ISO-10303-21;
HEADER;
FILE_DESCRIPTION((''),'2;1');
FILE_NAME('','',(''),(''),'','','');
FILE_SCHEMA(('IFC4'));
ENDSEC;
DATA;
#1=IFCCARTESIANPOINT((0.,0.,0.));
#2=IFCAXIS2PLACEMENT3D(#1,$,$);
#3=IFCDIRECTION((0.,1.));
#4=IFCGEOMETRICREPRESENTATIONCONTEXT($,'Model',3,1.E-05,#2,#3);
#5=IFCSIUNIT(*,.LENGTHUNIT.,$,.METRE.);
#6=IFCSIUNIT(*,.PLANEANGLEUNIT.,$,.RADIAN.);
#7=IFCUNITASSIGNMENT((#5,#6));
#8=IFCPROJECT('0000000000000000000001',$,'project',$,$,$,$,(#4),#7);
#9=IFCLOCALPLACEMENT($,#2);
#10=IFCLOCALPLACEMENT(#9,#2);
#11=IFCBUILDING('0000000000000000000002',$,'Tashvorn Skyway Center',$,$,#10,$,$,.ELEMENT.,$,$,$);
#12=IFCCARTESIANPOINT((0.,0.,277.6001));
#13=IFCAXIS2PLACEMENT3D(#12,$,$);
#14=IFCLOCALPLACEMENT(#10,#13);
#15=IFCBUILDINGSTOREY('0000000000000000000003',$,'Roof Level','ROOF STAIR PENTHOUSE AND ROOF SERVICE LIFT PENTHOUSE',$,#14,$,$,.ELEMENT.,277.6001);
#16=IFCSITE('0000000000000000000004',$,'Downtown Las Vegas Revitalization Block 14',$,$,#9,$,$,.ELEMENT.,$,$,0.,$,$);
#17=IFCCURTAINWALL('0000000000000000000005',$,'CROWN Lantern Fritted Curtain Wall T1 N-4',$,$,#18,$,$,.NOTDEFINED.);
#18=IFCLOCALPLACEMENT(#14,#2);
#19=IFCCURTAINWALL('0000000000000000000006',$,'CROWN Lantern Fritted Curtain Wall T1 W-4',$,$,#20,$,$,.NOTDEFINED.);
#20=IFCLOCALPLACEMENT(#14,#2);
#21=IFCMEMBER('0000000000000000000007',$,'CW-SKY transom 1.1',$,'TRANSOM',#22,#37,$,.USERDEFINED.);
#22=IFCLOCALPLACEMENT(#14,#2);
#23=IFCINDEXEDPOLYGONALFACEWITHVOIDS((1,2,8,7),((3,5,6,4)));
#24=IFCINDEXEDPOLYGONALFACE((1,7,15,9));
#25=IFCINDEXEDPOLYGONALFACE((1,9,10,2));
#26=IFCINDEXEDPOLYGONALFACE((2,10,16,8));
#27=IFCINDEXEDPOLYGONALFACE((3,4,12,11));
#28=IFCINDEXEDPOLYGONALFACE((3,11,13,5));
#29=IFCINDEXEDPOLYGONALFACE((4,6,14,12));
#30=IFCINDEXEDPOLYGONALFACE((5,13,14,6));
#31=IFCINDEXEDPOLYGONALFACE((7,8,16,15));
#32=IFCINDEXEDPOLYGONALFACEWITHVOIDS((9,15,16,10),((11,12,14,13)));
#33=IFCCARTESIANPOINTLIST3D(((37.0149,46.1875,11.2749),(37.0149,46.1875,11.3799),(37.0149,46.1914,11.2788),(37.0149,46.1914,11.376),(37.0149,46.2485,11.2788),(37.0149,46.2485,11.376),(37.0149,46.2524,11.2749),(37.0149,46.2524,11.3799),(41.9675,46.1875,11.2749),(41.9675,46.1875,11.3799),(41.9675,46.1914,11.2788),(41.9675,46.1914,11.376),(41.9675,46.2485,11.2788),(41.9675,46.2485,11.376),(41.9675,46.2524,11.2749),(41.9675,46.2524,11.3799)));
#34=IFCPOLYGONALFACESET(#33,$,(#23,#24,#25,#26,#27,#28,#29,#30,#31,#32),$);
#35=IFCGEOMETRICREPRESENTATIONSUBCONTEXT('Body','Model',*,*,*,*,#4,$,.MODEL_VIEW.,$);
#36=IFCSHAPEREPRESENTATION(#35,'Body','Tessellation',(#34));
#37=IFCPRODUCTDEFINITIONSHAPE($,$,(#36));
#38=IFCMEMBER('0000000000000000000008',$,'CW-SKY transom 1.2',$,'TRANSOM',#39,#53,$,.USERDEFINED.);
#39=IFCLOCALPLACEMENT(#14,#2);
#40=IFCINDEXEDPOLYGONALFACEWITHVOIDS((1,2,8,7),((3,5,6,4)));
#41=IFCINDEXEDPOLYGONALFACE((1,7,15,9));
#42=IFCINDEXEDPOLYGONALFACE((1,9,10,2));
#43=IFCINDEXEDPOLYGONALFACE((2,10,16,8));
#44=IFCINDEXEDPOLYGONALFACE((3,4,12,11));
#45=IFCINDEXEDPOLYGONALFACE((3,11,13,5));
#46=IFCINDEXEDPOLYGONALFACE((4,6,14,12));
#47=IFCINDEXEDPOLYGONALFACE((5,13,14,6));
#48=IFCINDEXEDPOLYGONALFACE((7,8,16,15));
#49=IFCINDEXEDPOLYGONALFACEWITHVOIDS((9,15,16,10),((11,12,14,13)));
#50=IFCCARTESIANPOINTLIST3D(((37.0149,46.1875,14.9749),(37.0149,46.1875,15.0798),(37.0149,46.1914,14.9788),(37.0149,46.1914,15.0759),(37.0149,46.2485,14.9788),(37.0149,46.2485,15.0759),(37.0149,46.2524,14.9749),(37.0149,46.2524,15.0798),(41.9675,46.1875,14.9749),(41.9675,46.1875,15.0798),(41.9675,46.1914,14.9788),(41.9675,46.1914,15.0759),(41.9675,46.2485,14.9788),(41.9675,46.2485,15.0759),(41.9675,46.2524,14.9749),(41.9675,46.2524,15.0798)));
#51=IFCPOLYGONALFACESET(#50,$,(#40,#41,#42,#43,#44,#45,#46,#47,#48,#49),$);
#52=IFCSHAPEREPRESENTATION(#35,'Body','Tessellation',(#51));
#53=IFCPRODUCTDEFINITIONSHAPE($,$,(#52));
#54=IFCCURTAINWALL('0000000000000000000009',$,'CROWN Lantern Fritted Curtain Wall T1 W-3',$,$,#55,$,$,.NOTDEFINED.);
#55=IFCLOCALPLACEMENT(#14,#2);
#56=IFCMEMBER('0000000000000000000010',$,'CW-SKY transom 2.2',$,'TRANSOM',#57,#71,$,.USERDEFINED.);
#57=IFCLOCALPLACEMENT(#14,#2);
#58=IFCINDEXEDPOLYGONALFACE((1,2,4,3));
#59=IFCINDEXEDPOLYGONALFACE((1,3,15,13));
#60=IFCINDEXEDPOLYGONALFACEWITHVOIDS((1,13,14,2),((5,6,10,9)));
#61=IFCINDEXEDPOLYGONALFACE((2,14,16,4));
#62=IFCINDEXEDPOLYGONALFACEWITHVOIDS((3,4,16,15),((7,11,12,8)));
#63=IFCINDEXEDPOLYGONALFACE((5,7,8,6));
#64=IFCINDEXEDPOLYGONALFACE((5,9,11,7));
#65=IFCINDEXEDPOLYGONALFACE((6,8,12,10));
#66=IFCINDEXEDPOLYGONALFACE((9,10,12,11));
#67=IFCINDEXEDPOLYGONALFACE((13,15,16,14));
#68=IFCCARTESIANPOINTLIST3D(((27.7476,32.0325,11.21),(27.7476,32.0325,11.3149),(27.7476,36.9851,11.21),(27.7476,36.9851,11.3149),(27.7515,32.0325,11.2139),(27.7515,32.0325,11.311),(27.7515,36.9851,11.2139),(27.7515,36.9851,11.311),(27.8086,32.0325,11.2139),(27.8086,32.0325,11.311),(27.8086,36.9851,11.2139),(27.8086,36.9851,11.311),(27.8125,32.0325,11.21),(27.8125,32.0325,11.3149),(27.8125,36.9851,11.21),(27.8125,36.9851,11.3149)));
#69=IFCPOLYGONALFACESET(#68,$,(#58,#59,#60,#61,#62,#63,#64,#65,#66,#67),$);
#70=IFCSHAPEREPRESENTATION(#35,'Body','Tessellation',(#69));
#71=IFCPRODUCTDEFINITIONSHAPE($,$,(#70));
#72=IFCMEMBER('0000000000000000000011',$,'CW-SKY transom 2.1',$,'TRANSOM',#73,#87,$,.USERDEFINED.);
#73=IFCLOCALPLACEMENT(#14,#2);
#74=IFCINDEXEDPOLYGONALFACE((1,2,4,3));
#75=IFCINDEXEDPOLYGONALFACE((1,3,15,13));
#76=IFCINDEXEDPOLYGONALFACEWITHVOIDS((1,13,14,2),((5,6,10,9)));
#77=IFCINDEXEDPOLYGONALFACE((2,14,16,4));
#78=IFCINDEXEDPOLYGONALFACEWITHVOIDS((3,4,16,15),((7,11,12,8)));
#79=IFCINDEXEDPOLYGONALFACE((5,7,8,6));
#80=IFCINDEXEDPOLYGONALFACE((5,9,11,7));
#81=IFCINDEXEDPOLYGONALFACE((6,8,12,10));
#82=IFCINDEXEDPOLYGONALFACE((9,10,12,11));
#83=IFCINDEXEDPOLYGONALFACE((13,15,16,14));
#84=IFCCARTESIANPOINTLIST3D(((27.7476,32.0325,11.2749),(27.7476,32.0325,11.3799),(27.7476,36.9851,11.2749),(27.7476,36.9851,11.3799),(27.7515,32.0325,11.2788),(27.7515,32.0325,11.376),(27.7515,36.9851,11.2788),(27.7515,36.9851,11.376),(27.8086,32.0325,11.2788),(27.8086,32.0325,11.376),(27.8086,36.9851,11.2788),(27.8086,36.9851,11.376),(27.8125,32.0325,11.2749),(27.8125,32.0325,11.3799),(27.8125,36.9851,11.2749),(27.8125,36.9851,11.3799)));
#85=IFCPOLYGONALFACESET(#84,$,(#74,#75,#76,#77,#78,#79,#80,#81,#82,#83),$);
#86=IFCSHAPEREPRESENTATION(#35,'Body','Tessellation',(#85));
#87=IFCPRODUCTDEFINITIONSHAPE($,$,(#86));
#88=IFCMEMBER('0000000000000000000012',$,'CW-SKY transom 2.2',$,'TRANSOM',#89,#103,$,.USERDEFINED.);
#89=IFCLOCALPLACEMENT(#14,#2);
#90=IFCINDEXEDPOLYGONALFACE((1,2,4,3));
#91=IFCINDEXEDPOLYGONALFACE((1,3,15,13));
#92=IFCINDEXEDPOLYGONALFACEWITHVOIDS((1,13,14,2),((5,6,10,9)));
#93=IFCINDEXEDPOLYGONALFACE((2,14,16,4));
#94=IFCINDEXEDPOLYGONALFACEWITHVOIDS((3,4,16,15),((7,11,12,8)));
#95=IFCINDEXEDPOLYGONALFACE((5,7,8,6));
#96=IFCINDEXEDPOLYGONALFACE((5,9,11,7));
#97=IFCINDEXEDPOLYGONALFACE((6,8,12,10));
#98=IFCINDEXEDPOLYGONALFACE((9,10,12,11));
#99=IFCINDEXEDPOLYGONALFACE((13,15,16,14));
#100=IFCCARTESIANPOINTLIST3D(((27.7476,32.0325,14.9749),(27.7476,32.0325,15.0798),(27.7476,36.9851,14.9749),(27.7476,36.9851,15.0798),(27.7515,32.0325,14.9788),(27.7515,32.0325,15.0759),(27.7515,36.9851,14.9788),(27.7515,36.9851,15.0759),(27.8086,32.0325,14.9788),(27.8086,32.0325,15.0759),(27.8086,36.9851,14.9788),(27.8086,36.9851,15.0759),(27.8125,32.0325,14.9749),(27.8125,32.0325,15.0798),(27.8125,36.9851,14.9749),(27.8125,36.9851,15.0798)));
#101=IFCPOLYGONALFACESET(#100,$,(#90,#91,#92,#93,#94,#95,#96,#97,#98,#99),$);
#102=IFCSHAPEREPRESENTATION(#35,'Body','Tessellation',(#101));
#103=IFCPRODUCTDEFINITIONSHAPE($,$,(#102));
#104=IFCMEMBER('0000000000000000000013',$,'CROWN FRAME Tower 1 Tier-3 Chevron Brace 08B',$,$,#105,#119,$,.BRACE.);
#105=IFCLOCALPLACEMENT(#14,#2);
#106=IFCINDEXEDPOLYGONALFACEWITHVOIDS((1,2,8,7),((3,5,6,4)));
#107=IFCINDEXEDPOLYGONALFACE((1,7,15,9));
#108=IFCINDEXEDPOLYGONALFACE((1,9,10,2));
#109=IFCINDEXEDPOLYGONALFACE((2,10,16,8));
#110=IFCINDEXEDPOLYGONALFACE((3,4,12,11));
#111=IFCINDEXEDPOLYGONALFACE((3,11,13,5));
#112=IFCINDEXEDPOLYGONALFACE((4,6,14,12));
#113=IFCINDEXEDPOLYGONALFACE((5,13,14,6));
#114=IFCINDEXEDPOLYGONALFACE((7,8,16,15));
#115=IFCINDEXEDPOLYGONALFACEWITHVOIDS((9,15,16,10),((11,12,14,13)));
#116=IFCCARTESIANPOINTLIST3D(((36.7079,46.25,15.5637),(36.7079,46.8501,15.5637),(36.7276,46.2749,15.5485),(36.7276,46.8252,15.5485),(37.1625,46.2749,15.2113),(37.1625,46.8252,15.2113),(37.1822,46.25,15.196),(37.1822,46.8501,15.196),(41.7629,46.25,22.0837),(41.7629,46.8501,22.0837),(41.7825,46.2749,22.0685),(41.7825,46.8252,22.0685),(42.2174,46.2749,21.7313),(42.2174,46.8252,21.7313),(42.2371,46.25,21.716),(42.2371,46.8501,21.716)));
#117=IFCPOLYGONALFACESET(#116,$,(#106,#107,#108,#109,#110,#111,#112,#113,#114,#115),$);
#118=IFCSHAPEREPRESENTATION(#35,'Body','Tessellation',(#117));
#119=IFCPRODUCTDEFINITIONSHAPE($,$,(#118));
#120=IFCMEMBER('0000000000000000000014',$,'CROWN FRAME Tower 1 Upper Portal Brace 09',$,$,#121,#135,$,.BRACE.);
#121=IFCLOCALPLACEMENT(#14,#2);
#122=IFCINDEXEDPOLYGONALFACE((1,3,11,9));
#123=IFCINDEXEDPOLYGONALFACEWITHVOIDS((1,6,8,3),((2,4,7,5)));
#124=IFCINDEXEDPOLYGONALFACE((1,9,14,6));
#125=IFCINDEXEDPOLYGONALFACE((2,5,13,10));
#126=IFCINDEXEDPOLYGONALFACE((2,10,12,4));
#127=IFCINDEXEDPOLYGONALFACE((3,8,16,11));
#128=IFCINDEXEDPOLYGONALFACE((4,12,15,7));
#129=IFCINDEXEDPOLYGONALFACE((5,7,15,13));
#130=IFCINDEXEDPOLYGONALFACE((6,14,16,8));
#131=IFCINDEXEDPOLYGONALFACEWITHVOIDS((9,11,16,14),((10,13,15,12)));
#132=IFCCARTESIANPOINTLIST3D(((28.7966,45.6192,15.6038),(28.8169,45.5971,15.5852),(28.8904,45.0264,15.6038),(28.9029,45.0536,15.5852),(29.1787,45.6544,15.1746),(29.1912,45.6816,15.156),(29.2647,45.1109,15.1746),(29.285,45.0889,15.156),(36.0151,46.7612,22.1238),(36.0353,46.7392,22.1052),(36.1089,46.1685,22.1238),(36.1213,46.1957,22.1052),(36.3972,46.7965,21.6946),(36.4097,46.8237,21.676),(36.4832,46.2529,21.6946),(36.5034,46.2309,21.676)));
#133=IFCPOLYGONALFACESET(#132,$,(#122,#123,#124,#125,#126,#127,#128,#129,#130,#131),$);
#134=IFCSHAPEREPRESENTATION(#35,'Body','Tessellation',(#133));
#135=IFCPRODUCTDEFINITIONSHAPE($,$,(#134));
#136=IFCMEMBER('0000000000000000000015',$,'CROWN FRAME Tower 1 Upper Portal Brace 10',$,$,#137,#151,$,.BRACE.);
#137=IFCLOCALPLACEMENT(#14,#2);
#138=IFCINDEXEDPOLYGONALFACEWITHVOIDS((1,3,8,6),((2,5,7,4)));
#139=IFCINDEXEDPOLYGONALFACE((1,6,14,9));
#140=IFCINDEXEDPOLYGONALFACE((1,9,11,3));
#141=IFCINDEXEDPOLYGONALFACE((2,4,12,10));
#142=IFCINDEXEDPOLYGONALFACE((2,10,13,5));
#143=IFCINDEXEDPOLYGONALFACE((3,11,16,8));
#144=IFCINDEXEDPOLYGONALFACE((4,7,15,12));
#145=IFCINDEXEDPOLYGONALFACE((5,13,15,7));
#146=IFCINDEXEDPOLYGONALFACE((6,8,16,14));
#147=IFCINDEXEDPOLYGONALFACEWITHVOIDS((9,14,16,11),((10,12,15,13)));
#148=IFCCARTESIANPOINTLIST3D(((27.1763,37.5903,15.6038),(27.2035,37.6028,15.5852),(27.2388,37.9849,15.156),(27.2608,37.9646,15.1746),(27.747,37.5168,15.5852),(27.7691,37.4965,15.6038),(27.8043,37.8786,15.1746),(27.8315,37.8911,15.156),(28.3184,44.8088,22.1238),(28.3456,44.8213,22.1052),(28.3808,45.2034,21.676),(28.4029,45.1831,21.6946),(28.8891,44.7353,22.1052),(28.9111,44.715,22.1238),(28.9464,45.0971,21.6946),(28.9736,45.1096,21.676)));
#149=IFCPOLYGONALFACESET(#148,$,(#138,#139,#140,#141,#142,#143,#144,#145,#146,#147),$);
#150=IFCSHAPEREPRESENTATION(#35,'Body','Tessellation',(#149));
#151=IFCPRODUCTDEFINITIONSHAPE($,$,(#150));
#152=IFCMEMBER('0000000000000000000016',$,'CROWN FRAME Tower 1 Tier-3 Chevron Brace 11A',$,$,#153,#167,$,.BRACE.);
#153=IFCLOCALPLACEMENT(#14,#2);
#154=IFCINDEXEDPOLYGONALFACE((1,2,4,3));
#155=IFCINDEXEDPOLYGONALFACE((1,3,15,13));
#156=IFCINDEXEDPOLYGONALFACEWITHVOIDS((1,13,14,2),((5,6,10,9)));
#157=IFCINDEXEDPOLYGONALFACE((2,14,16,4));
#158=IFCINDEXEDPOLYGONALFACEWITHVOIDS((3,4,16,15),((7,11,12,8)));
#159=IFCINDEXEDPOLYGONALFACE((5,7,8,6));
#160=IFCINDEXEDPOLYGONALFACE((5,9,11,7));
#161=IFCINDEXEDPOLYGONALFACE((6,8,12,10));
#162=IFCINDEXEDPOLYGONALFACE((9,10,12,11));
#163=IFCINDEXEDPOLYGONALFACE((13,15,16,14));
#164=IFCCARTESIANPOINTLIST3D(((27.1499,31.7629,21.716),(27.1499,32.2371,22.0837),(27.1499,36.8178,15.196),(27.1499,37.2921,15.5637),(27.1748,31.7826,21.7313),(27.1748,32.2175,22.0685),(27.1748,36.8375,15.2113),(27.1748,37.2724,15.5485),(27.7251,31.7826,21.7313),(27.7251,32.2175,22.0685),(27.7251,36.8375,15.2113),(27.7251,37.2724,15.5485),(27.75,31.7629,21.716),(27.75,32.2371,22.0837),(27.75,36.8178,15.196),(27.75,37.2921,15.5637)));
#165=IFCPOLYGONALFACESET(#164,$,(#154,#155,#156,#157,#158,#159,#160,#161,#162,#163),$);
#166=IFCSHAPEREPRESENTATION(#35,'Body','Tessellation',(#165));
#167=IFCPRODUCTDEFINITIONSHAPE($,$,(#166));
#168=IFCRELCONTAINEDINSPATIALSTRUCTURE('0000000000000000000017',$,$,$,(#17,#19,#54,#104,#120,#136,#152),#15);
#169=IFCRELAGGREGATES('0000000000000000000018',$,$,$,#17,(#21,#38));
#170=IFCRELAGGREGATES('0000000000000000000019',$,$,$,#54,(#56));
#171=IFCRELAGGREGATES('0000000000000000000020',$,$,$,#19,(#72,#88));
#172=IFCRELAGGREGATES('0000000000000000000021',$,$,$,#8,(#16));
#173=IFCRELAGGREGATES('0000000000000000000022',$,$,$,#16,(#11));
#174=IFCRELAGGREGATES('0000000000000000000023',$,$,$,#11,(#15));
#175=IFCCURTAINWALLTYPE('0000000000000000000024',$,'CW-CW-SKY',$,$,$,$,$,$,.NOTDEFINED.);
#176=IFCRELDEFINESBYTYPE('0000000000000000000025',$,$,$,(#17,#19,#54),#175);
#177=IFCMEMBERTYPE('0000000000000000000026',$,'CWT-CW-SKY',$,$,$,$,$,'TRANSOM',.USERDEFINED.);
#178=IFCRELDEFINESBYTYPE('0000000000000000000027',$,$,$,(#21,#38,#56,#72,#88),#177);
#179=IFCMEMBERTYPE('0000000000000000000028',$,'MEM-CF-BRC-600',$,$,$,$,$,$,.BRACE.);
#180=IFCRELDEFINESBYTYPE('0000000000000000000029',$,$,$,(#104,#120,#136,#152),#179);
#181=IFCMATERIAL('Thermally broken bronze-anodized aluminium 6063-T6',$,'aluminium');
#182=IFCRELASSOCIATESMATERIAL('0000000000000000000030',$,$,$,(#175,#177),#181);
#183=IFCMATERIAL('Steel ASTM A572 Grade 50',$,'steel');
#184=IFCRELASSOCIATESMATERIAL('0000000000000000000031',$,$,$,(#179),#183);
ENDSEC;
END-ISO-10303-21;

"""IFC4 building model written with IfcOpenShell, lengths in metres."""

from ifc_helpers import new_model, si_unit, direction, frame, origin, origin_2d, place, context, subcontext, project, spatial, hollow_rectangle, extrude, material, material_profile, profile_set, type_object, element, aggregate, save


model = new_model("IFC4")

# Units and contexts
model_context = context("Model", 3, precision=1e-05, world=origin(), true_north=direction((0.0, 1.0)))
body_context = subcontext(model_context, "Body", "Model", "MODEL_VIEW")
ifc_project = project(units=[si_unit("LENGTHUNIT", "METRE"), si_unit("PLANEANGLEUNIT", "RADIAN")], contexts=[model_context])

# Site, building, storey
site_placement = place(None, origin())
site = spatial("IfcSite", under=ifc_project, at=site_placement, Name="Downtown Las Vegas Revitalization Block 14", CompositionType="ELEMENT", RefElevation=0.0)
building_placement = place(site_placement, origin())
building = spatial("IfcBuilding", under=site, at=building_placement, Name="Tashvorn Skyway Center", CompositionType="ELEMENT")
storey_placement = place(building_placement, frame((0.0, 0.0, 277.6001)))
storey = spatial("IfcBuildingStorey", under=building, at=storey_placement, Name="Roof Level", Description="ROOF STAIR PENTHOUSE AND ROOF SERVICE LIFT PENTHOUSE", CompositionType="ELEMENT", Elevation=277.6001)

# Shared definitions
ifc_material_1 = material(Name="Steel ASTM A572 Grade 50", Category="steel")

# Curtain wall
ifc_material_2 = material(Name="Thermally broken bronze-anodized aluminium 6063-T6", Category="aluminium")
curtain_wall_type = type_object("IfcCurtainWallType", Name="CW-CW-SKY", PredefinedType="NOTDEFINED", material=ifc_material_2)
curtain_wall_1_placement = place(storey_placement, origin())
curtain_wall_1 = element("IfcCurtainWall", 1, at=curtain_wall_1_placement, inside=storey, type_object=curtain_wall_type, Name="CROWN Lantern Fritted Curtain Wall T1 N-4", PredefinedType="NOTDEFINED")

# Curtain wall
curtain_wall_2_placement = place(storey_placement, origin())
curtain_wall_2 = element("IfcCurtainWall", 2, at=curtain_wall_2_placement, inside=storey, type_object=curtain_wall_type, Name="CROWN Lantern Fritted Curtain Wall T1 W-4", PredefinedType="NOTDEFINED")

# Shared definitions
ifc_material_profile_1 = material_profile(ifc_material_2, hollow_rectangle(XDim=0.0649, YDim=0.105, WallThickness=0.0039, at=origin_2d()), Name="ALU-TRAN-65x105")
ifc_profile_set_1 = profile_set([ifc_material_profile_1], Name="Thermally broken bronze-anodized aluminium 6063-T6")
member_type_1 = type_object("IfcMemberType", Name="CWT-CW-SKY", ElementType="TRANSOM", PredefinedType="USERDEFINED", material=ifc_profile_set_1)

# Members
member_1_placement = place(storey_placement, frame((37.0149, 46.22, 11.3274), z_axis=(1.0, 0.0, 0.0), x_axis=(0.0, 1.0, 0.0)))
member_1 = element("IfcMember", 3, at=member_1_placement, type_object=member_type_1, Name="CW-SKY transom 1.1", ObjectType="TRANSOM", PredefinedType="USERDEFINED", context=body_context, shape_type="SweptSolid", body=[
    extrude(hollow_rectangle(XDim=0.0649, YDim=0.105, WallThickness=0.0039, at=origin_2d()), origin(), (0.0, 0.0, 1.0), 4.9526),
])
member_2_placement = place(storey_placement, frame((37.0149, 46.22, 15.0273), z_axis=(1.0, 0.0, 0.0), x_axis=(0.0, 1.0, 0.0)))
member_2 = element("IfcMember", 4, at=member_2_placement, type_object=member_type_1, Name="CW-SKY transom 1.2", ObjectType="TRANSOM", PredefinedType="USERDEFINED", context=body_context, shape_type="SweptSolid", body=[
    extrude(hollow_rectangle(XDim=0.0649, YDim=0.105, WallThickness=0.0039, at=origin_2d()), origin(), (0.0, 0.0, 1.0), 4.9526),
])

# Curtain wall, member
curtain_wall_3_placement = place(storey_placement, origin())
curtain_wall_3 = element("IfcCurtainWall", 5, at=curtain_wall_3_placement, inside=storey, type_object=curtain_wall_type, Name="CROWN Lantern Fritted Curtain Wall T1 W-3", PredefinedType="NOTDEFINED")
member_3_placement = place(storey_placement, frame((27.78, 32.0325, 11.2625), z_axis=(0.0, 1.0, 0.0), x_axis=(-1.0, 0.0, 0.0)))
member_3 = element("IfcMember", 6, at=member_3_placement, type_object=member_type_1, Name="CW-SKY transom 2.2", ObjectType="TRANSOM", PredefinedType="USERDEFINED", context=body_context, shape_type="SweptSolid", body=[
    extrude(hollow_rectangle(XDim=0.0649, YDim=0.105, WallThickness=0.0039, at=origin_2d()), origin(), (0.0, 0.0, 1.0), 4.9526),
])

# Members
member_4_placement = place(storey_placement, frame((27.78, 32.0325, 11.3274), z_axis=(0.0, 1.0, 0.0), x_axis=(-1.0, 0.0, 0.0)))
member_4 = element("IfcMember", 7, at=member_4_placement, type_object=member_type_1, Name="CW-SKY transom 2.1", ObjectType="TRANSOM", PredefinedType="USERDEFINED", context=body_context, shape_type="SweptSolid", body=[
    extrude(hollow_rectangle(XDim=0.0649, YDim=0.105, WallThickness=0.0039, at=origin_2d()), origin(), (0.0, 0.0, 1.0), 4.9526),
])
member_5_placement = place(storey_placement, frame((27.78, 32.0325, 15.0273), z_axis=(0.0, 1.0, 0.0), x_axis=(-1.0, 0.0, 0.0)))
member_5 = element("IfcMember", 8, at=member_5_placement, type_object=member_type_1, Name="CW-SKY transom 2.2", ObjectType="TRANSOM", PredefinedType="USERDEFINED", context=body_context, shape_type="SweptSolid", body=[
    extrude(hollow_rectangle(XDim=0.0649, YDim=0.105, WallThickness=0.0039, at=origin_2d()), origin(), (0.0, 0.0, 1.0), 4.9526),
])

# Members
ifc_material_profile_2 = material_profile(ifc_material_1, hollow_rectangle(XDim=0.6001, YDim=0.6001, WallThickness=0.0249, at=origin_2d()), Name="BOX600x600x25")
ifc_profile_set_2 = profile_set([ifc_material_profile_2], Name="Steel ASTM A572 Grade 50")
member_type_2 = type_object("IfcMemberType", Name="MEM-CF-BRC-600", PredefinedType="BRACE", material=ifc_profile_set_2)
member_6_placement = place(storey_placement, frame((36.9451, 46.55, 15.3799), z_axis=(0.612717, 0.0, 0.790303), x_axis=(0.0, 1.0, 0.0)))
element("IfcMember", 9, at=member_6_placement, inside=storey, type_object=member_type_2, Name="CROWN FRAME Tower 1 Tier-3 Chevron Brace 08B", PredefinedType="BRACE", context=body_context, shape_type="SweptSolid", body=[
    extrude(hollow_rectangle(XDim=0.6001, YDim=0.6001, WallThickness=0.0249, at=origin_2d()), origin(), (0.0, 0.0, 1.0), 8.25),
])
for number, where, z_axis, x_axis, name in (
    (10, (29.0408, 45.354, 15.3799), (0.737036, 0.116612, 0.665718), (-0.156273, 0.987714, 0.0), "CROWN FRAME Tower 1 Upper Portal Brace 09"),
    (11, (27.5039, 37.7407, 15.3799), (0.116612, 0.737036, 0.665718), (-0.987714, 0.156273, 0.0), "CROWN FRAME Tower 1 Upper Portal Brace 10"),
):
    element("IfcMember", number, at=place(storey_placement, frame(where, z_axis=z_axis, x_axis=x_axis)), inside=storey, type_object=member_type_2, Name=name, PredefinedType="BRACE", context=body_context, shape_type="SweptSolid", body=[
        extrude(hollow_rectangle(XDim=0.6001, YDim=0.6001, WallThickness=0.0249, at=origin_2d()), origin(), (0.0, 0.0, 1.0), 9.7939),
    ])
member_7_placement = place(storey_placement, frame((27.45, 37.0549, 15.3799), z_axis=(0.0, -0.612717, 0.790303), x_axis=(1.0, 0.0, 0.0)))
element("IfcMember", 12, at=member_7_placement, inside=storey, type_object=member_type_2, Name="CROWN FRAME Tower 1 Tier-3 Chevron Brace 11A", PredefinedType="BRACE", context=body_context, shape_type="SweptSolid", body=[
    extrude(hollow_rectangle(XDim=0.6001, YDim=0.6001, WallThickness=0.0249, at=origin_2d()), origin(), (0.0, 0.0, 1.0), 8.25),
])

aggregate(curtain_wall_1, [member_1, member_2])
aggregate(curtain_wall_3, [member_3])
aggregate(curtain_wall_2, [member_4, member_5])

save(model, "model.ifc")
